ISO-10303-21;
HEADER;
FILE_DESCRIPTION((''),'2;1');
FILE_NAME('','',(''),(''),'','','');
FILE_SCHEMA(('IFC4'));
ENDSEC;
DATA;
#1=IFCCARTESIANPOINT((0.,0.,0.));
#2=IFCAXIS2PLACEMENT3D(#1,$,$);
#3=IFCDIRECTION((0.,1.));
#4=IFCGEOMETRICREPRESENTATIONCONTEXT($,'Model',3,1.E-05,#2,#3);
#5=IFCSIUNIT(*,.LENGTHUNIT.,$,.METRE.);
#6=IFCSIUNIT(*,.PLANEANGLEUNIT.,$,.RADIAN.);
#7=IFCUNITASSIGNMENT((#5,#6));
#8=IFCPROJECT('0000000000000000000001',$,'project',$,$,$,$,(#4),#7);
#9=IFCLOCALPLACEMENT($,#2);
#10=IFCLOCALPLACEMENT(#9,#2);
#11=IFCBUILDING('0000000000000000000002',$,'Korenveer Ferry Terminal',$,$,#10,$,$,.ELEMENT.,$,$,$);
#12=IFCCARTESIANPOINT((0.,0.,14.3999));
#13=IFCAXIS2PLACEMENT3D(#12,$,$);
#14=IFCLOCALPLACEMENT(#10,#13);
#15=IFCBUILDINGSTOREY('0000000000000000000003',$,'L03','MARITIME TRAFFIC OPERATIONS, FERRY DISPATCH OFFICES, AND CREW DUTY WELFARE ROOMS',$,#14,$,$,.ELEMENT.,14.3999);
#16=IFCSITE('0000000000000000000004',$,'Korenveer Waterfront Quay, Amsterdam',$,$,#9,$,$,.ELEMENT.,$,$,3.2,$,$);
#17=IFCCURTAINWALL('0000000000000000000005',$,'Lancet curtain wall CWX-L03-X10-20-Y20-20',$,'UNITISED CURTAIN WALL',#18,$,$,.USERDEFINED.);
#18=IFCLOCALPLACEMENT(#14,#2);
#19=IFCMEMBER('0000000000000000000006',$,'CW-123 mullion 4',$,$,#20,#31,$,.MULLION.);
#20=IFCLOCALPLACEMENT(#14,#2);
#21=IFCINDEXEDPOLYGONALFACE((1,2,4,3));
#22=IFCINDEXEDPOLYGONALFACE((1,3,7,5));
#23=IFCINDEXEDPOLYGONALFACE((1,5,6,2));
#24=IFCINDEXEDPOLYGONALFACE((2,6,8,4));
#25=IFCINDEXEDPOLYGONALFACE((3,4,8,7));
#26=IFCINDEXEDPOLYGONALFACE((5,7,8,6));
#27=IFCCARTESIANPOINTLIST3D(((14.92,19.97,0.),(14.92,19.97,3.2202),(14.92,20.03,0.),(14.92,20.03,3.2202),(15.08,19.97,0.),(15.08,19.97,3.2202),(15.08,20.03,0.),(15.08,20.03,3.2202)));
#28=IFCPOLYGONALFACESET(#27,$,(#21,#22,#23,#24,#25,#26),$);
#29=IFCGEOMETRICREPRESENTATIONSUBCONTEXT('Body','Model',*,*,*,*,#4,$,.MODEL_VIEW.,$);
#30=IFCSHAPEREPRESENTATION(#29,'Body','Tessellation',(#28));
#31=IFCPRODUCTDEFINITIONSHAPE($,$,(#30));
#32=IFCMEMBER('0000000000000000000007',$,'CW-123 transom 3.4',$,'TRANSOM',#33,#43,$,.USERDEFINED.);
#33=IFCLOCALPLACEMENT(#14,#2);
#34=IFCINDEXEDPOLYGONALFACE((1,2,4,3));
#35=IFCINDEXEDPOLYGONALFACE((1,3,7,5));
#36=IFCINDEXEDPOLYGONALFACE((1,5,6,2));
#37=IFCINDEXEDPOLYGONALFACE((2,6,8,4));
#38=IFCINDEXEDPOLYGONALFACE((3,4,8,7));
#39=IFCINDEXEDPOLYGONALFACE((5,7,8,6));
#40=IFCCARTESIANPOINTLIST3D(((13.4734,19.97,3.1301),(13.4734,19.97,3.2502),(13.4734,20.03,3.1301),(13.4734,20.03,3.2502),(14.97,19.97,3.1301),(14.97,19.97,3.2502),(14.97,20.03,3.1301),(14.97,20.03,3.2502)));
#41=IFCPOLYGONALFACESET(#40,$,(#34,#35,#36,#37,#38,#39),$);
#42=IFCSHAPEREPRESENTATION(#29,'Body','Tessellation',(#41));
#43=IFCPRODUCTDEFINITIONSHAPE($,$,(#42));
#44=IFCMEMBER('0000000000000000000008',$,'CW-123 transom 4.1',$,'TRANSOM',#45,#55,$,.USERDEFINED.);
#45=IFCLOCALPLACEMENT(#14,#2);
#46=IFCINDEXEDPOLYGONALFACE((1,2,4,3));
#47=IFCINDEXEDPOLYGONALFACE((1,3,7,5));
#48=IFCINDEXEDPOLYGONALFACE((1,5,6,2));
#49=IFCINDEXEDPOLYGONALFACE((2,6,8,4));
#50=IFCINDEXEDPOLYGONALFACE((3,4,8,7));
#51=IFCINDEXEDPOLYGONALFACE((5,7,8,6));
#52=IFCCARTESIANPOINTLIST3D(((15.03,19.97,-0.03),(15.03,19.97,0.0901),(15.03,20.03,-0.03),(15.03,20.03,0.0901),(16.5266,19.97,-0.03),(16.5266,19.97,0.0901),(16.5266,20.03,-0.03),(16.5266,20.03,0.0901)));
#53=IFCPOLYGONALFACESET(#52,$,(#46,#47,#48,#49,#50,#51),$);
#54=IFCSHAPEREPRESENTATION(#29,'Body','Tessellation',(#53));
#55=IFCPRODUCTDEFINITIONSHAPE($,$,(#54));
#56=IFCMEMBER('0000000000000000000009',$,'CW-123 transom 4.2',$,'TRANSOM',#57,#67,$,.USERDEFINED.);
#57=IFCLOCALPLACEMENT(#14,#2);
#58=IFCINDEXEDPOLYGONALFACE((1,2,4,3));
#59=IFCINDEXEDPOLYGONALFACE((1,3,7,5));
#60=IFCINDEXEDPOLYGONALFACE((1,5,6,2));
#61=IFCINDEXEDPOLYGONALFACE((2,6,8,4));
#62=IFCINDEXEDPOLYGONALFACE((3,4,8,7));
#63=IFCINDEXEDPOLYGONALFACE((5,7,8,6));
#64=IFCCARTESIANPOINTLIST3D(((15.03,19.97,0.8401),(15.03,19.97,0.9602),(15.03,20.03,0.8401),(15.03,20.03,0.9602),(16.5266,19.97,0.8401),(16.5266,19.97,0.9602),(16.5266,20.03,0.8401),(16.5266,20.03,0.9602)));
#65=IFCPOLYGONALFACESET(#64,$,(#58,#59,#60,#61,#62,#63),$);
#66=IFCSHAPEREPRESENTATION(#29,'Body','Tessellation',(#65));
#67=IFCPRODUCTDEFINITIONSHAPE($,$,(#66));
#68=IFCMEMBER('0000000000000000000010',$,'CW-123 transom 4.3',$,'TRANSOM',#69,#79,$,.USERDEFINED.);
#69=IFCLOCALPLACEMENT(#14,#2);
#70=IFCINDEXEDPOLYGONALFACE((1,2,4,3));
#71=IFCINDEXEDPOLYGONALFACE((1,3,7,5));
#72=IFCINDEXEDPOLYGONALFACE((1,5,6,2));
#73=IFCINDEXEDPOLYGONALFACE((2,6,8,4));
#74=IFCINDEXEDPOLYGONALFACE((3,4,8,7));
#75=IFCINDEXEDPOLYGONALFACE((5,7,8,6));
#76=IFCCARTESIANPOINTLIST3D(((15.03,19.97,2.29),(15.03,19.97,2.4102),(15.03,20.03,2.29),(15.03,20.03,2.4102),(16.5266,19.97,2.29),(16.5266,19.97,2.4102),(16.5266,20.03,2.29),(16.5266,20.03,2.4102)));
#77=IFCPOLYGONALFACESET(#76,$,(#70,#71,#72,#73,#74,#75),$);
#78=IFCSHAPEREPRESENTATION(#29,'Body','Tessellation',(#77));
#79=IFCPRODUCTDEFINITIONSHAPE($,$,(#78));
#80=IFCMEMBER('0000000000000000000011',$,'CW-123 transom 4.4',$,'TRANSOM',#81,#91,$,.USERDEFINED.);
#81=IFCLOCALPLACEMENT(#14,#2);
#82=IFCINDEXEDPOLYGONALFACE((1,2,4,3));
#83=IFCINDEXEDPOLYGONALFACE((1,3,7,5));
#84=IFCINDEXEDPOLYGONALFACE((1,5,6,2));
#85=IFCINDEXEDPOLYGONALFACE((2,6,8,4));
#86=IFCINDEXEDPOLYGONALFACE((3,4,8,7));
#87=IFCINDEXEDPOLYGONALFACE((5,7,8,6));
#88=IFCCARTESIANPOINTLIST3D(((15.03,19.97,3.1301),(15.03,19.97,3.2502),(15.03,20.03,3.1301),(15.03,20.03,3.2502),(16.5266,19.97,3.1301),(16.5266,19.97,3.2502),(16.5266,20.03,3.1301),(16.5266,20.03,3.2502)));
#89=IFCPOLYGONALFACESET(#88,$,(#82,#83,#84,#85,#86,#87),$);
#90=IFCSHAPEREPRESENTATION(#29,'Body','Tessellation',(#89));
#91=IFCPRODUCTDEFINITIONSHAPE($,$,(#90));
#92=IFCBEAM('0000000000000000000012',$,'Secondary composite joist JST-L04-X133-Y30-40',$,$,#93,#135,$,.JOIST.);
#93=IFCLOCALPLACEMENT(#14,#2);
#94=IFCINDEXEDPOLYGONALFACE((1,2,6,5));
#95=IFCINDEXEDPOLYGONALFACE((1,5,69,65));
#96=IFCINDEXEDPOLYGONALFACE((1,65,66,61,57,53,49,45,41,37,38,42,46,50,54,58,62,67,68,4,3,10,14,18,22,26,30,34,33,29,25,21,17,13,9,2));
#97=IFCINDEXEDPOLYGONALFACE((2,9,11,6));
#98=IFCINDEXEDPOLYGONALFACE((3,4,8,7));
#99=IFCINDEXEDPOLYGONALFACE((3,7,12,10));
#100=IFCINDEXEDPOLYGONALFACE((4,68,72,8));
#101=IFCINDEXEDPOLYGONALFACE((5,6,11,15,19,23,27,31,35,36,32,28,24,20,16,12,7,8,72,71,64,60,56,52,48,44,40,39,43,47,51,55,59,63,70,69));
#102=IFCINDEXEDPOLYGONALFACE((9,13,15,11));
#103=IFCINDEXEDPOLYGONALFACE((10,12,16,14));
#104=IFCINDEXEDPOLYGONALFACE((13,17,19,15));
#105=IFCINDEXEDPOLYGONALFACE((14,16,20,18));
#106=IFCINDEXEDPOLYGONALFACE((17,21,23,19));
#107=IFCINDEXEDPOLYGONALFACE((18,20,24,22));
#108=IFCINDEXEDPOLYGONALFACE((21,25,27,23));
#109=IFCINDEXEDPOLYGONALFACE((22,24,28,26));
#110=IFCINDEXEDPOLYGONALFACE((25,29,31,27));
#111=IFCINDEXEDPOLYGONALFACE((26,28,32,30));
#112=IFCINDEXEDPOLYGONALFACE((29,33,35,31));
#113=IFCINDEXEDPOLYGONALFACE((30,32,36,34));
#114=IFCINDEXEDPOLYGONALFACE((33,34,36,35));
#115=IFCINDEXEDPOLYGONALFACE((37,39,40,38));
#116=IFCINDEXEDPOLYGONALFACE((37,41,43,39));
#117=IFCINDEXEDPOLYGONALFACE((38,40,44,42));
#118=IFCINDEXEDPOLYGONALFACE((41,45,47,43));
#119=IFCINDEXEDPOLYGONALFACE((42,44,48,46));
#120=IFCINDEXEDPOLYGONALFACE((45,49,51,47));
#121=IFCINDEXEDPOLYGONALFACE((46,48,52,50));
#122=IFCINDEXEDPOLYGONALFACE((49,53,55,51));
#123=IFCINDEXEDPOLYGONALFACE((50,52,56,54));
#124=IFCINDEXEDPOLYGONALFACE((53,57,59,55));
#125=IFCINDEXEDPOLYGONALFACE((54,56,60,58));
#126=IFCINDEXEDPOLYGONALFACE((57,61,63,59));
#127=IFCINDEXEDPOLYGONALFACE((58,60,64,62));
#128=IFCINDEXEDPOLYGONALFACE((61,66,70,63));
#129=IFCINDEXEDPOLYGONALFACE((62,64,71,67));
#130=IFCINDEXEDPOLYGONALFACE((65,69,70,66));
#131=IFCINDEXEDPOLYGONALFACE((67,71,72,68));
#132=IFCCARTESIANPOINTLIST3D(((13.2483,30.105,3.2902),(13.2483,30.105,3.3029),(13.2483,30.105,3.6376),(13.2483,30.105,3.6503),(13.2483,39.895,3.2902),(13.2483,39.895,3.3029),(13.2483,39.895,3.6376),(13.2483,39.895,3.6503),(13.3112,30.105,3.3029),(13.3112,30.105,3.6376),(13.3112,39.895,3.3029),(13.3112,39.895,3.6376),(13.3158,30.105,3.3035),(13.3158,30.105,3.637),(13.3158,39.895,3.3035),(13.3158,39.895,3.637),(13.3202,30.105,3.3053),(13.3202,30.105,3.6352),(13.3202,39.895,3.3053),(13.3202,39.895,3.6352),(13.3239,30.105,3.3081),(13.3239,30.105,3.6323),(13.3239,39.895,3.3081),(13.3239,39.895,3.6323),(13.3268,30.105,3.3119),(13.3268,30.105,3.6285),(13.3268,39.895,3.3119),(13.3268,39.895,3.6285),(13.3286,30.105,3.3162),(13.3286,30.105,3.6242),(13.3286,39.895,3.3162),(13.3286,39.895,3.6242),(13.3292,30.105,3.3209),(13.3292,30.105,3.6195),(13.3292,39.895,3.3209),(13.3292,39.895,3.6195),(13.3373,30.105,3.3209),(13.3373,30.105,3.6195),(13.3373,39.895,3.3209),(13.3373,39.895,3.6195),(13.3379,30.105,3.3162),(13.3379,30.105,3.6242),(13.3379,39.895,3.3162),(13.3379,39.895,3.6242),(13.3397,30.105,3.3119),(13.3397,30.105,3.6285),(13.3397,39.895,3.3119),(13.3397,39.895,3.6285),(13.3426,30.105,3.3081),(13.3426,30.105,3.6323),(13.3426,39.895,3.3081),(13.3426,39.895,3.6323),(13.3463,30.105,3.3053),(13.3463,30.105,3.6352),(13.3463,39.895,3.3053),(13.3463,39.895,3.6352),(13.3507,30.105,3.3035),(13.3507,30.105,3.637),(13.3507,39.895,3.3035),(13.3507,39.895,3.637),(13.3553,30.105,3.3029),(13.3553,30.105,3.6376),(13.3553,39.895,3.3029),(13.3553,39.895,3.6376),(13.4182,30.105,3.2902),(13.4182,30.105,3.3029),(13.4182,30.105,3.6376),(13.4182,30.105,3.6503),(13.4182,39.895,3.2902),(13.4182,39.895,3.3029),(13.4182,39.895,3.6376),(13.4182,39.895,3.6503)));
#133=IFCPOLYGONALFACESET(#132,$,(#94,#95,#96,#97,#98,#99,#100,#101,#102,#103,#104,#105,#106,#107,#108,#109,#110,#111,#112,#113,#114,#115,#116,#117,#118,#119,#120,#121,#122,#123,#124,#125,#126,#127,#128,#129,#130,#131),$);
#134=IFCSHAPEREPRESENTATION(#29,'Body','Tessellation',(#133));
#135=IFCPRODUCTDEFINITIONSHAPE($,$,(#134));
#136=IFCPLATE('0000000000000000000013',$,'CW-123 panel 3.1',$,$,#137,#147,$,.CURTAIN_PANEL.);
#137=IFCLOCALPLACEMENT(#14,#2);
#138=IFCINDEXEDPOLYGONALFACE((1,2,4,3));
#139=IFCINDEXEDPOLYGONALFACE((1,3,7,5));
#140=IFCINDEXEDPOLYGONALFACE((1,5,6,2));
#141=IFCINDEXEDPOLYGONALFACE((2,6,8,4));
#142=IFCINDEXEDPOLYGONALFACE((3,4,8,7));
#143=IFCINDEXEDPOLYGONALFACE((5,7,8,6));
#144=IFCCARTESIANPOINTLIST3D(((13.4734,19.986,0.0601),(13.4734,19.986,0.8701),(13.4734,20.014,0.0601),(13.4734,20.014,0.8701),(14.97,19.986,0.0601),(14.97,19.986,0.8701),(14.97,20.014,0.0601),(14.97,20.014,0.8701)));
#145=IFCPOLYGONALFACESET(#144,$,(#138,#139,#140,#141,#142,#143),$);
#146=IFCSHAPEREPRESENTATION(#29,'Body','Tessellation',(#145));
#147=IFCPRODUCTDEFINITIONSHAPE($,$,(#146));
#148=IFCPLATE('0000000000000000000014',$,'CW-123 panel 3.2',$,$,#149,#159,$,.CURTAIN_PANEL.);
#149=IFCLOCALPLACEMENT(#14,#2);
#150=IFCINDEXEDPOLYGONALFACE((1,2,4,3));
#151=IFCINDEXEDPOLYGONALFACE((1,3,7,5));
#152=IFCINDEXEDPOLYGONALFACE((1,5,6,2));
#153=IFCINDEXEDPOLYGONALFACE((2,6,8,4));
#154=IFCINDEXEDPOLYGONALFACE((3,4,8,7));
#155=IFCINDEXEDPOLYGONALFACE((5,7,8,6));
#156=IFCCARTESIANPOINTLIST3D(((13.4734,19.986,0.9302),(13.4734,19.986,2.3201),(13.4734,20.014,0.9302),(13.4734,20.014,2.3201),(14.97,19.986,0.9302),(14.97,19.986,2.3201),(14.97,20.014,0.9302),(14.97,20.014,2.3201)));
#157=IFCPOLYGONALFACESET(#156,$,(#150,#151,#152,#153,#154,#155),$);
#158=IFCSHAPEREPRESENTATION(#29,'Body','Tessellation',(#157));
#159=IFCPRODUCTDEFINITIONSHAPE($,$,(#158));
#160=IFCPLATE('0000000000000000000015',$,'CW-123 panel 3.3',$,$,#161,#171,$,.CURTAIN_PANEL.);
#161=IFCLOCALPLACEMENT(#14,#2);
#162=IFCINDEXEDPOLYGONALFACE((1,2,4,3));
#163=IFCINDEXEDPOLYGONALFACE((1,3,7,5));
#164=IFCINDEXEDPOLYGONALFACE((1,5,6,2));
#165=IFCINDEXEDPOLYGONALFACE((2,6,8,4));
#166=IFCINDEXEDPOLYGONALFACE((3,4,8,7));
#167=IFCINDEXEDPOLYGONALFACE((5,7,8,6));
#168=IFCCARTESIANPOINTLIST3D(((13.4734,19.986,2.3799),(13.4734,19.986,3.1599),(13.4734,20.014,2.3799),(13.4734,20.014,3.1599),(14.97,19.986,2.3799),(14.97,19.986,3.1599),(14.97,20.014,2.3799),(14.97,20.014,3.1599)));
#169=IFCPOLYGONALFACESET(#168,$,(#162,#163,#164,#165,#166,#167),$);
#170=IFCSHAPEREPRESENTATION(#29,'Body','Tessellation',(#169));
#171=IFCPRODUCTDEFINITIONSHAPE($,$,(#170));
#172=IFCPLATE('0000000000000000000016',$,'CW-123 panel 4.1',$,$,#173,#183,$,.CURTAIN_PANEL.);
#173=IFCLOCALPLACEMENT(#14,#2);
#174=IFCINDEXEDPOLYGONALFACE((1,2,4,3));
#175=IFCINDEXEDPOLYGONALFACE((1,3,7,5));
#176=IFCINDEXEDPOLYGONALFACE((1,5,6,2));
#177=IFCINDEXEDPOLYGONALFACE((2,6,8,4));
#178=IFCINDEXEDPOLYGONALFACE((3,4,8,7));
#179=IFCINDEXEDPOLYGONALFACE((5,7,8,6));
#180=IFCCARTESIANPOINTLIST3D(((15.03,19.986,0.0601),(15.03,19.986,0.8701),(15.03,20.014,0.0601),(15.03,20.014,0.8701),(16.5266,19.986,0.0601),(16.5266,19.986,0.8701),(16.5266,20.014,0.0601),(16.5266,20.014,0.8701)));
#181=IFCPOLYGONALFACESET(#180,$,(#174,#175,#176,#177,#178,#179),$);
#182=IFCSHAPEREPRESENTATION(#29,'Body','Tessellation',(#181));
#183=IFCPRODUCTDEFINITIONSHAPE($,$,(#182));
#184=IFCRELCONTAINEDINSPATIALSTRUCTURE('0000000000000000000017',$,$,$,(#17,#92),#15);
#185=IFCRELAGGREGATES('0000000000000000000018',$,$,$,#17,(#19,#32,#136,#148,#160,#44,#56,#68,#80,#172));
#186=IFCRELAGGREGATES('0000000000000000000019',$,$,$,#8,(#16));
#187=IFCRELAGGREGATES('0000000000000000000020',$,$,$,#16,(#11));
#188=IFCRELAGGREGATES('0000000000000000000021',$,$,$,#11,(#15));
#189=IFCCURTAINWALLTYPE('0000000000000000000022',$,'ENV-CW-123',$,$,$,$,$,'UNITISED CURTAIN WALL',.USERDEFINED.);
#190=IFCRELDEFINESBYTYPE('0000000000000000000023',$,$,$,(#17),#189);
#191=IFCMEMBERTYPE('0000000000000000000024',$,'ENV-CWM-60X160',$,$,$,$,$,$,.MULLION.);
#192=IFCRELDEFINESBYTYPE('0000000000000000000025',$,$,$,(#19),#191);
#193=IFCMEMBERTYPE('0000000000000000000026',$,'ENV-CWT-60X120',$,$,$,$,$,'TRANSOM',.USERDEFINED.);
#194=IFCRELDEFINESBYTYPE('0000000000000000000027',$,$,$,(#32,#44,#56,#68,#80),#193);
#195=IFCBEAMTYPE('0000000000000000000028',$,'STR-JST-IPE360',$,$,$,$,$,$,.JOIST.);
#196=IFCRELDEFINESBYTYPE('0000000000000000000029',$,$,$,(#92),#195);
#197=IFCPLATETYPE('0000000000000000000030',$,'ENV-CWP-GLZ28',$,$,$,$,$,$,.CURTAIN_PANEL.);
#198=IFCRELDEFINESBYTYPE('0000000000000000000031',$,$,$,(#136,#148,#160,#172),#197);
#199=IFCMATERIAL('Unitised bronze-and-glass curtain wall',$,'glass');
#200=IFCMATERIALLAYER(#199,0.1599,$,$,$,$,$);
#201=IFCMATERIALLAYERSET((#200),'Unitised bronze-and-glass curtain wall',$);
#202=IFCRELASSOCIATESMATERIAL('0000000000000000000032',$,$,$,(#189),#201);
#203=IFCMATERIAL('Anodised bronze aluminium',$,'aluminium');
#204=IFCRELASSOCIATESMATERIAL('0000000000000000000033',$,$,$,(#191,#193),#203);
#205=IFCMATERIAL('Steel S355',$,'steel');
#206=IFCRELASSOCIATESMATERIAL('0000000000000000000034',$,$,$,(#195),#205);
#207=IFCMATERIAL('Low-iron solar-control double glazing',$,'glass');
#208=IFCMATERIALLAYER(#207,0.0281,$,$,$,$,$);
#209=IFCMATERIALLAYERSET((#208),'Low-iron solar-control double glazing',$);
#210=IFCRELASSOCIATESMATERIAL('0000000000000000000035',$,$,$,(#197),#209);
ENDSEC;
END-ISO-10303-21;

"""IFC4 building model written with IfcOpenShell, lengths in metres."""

from ifc_helpers import new_model, si_unit, direction, frame, origin, origin_2d, place, context, subcontext, project, spatial, rectangle, i_section, extrude, material, layer, layer_set, material_profile, profile_set, type_object, element, aggregate, save


model = new_model("IFC4")

# Units and contexts
model_context = context("Model", 3, precision=1e-05, world=origin(), true_north=direction((0.0, 1.0)))
body_context = subcontext(model_context, "Body", "Model", "MODEL_VIEW")
ifc_project = project(units=[si_unit("LENGTHUNIT", "METRE"), si_unit("PLANEANGLEUNIT", "RADIAN")], contexts=[model_context])

# Site, building, storey
site_placement = place(None, origin())
site = spatial("IfcSite", under=ifc_project, at=site_placement, Name="Korenveer Waterfront Quay, Amsterdam", CompositionType="ELEMENT", RefElevation=3.2)
building_placement = place(site_placement, origin())
building = spatial("IfcBuilding", under=site, at=building_placement, Name="Korenveer Ferry Terminal", CompositionType="ELEMENT")
storey_placement = place(building_placement, frame((0.0, 0.0, 14.3999)))
storey = spatial("IfcBuildingStorey", under=building, at=storey_placement, Name="L03", Description="MARITIME TRAFFIC OPERATIONS, FERRY DISPATCH OFFICES, AND CREW DUTY WELFARE ROOMS", CompositionType="ELEMENT", Elevation=14.3999)

# Curtain wall, members
ifc_material_1 = material(Name="Unitised bronze-and-glass curtain wall", Category="glass")
ifc_layer_1 = layer(ifc_material_1, 0.1599)
ifc_layer_set_1 = layer_set([ifc_layer_1], Name="Unitised bronze-and-glass curtain wall")
curtain_wall_type = type_object("IfcCurtainWallType", Name="ENV-CW-123", ElementType="UNITISED CURTAIN WALL", PredefinedType="USERDEFINED", material=ifc_layer_set_1)
curtain_wall_placement = place(storey_placement, frame((10.3301, 20.0, 0.0)))
curtain_wall = element("IfcCurtainWall", 1, at=curtain_wall_placement, inside=storey, type_object=curtain_wall_type, Name="Lancet curtain wall CWX-L03-X10-20-Y20-20", ObjectType="UNITISED CURTAIN WALL", PredefinedType="USERDEFINED")
ifc_material_2 = material(Name="Anodised bronze aluminium", Category="aluminium")
ifc_material_profile_1 = material_profile(ifc_material_2, rectangle(XDim=0.0601, YDim=0.1599, at=origin_2d()), Name="ALU 60x160")
ifc_profile_set_1 = profile_set([ifc_material_profile_1], Name="Anodised bronze aluminium")
member_type_1 = type_object("IfcMemberType", Name="ENV-CWM-60X160", PredefinedType="MULLION", material=ifc_profile_set_1)
member_1_placement = place(storey_placement, frame((15.0, 20.0, 0.0), z_axis=(0.0, 0.0, 1.0), x_axis=(0.0, 1.0, 0.0)))
member_1 = element("IfcMember", 2, at=member_1_placement, type_object=member_type_1, Name="CW-123 mullion 4", PredefinedType="MULLION", context=body_context, shape_type="SweptSolid", body=[
    extrude(rectangle(XDim=0.0601, YDim=0.1599, at=origin_2d()), origin(), (0.0, 0.0, 1.0), 3.2202),
])
ifc_material_profile_2 = material_profile(ifc_material_2, rectangle(XDim=0.0601, YDim=0.1201, at=origin_2d()), Name="ALU 60x120")
ifc_profile_set_2 = profile_set([ifc_material_profile_2], Name="Anodised bronze aluminium")
member_type_2 = type_object("IfcMemberType", Name="ENV-CWT-60X120", ElementType="TRANSOM", PredefinedType="USERDEFINED", material=ifc_profile_set_2)
member_2_placement = place(storey_placement, frame((13.4734, 20.0, 3.1902), z_axis=(1.0, 0.0, 0.0), x_axis=(0.0, 1.0, 0.0)))
member_2 = element("IfcMember", 3, at=member_2_placement, type_object=member_type_2, Name="CW-123 transom 3.4", ObjectType="TRANSOM", PredefinedType="USERDEFINED", context=body_context, shape_type="SweptSolid", body=[
    extrude(rectangle(XDim=0.0601, YDim=0.1201, at=origin_2d()), origin(), (0.0, 0.0, 1.0), 1.4966),
])
member_3_placement = place(storey_placement, frame((15.03, 20.0, 0.03), z_axis=(1.0, 0.0, 0.0), x_axis=(0.0, 1.0, 0.0)))
member_3 = element("IfcMember", 4, at=member_3_placement, type_object=member_type_2, Name="CW-123 transom 4.1", ObjectType="TRANSOM", PredefinedType="USERDEFINED", context=body_context, shape_type="SweptSolid", body=[
    extrude(rectangle(XDim=0.0601, YDim=0.1201, at=origin_2d()), origin(), (0.0, 0.0, 1.0), 1.4966),
])
member_4_placement = place(storey_placement, frame((15.03, 20.0, 0.9001), z_axis=(1.0, 0.0, 0.0), x_axis=(0.0, 1.0, 0.0)))
member_4 = element("IfcMember", 5, at=member_4_placement, type_object=member_type_2, Name="CW-123 transom 4.2", ObjectType="TRANSOM", PredefinedType="USERDEFINED", context=body_context, shape_type="SweptSolid", body=[
    extrude(rectangle(XDim=0.0601, YDim=0.1201, at=origin_2d()), origin(), (0.0, 0.0, 1.0), 1.4966),
])
member_5_placement = place(storey_placement, frame((15.03, 20.0, 2.3501), z_axis=(1.0, 0.0, 0.0), x_axis=(0.0, 1.0, 0.0)))
member_5 = element("IfcMember", 6, at=member_5_placement, type_object=member_type_2, Name="CW-123 transom 4.3", ObjectType="TRANSOM", PredefinedType="USERDEFINED", context=body_context, shape_type="SweptSolid", body=[
    extrude(rectangle(XDim=0.0601, YDim=0.1201, at=origin_2d()), origin(), (0.0, 0.0, 1.0), 1.4966),
])
member_6_placement = place(storey_placement, frame((15.03, 20.0, 3.1902), z_axis=(1.0, 0.0, 0.0), x_axis=(0.0, 1.0, 0.0)))
member_6 = element("IfcMember", 7, at=member_6_placement, type_object=member_type_2, Name="CW-123 transom 4.4", ObjectType="TRANSOM", PredefinedType="USERDEFINED", context=body_context, shape_type="SweptSolid", body=[
    extrude(rectangle(XDim=0.0601, YDim=0.1201, at=origin_2d()), origin(), (0.0, 0.0, 1.0), 1.4966),
])

# Beam
ifc_material_3 = material(Name="Steel S355", Category="steel")
ifc_material_profile_3 = material_profile(ifc_material_3, i_section(OverallWidth=0.1699, OverallDepth=0.3601, WebThickness=0.0081, FlangeThickness=0.0127, FilletRadius=0.0181, at=origin_2d()), Name="IPE 360")
ifc_profile_set_3 = profile_set([ifc_material_profile_3], Name="Steel S355")
beam_type = type_object("IfcBeamType", Name="STR-JST-IPE360", PredefinedType="JOIST", material=ifc_profile_set_3)
beam_placement = place(storey_placement, frame((13.3333, 30.105, 3.4702), z_axis=(0.0, 1.0, 0.0), x_axis=(-1.0, 0.0, 0.0)))
element("IfcBeam", 8, at=beam_placement, inside=storey, type_object=beam_type, Name="Secondary composite joist JST-L04-X133-Y30-40", PredefinedType="JOIST", context=body_context, shape_type="SweptSolid", body=[
    extrude(i_section(OverallWidth=0.1699, OverallDepth=0.3601, WebThickness=0.0081, FlangeThickness=0.0127, FilletRadius=0.0181, at=origin_2d()), origin(), (0.0, 0.0, 1.0), 9.79),
])

# Plates
ifc_material_4 = material(Name="Low-iron solar-control double glazing", Category="glass")
ifc_layer_2 = layer(ifc_material_4, 0.0281)
ifc_layer_set_2 = layer_set([ifc_layer_2], Name="Low-iron solar-control double glazing")
plate_type = type_object("IfcPlateType", Name="ENV-CWP-GLZ28", PredefinedType="CURTAIN_PANEL", material=ifc_layer_set_2)
plate_1_placement = place(storey_placement, frame((14.2217, 20.0, 0.0601), z_axis=(0.0, 0.0, 1.0), x_axis=(1.0, 0.0, 0.0)))
plate_1 = element("IfcPlate", 9, at=plate_1_placement, type_object=plate_type, Name="CW-123 panel 3.1", PredefinedType="CURTAIN_PANEL", context=body_context, shape_type="SweptSolid", body=[
    extrude(rectangle(XDim=1.4966, YDim=0.0281, at=origin_2d()), origin(), (0.0, 0.0, 1.0), 0.8101),
])
plate_2_placement = place(storey_placement, frame((14.2217, 20.0, 0.9302), z_axis=(0.0, 0.0, 1.0), x_axis=(1.0, 0.0, 0.0)))
plate_2 = element("IfcPlate", 10, at=plate_2_placement, type_object=plate_type, Name="CW-123 panel 3.2", PredefinedType="CURTAIN_PANEL", context=body_context, shape_type="SweptSolid", body=[
    extrude(rectangle(XDim=1.4966, YDim=0.0281, at=origin_2d()), origin(), (0.0, 0.0, 1.0), 1.3899),
])
plate_3_placement = place(storey_placement, frame((14.2217, 20.0, 2.3799), z_axis=(0.0, 0.0, 1.0), x_axis=(1.0, 0.0, 0.0)))
plate_3 = element("IfcPlate", 11, at=plate_3_placement, type_object=plate_type, Name="CW-123 panel 3.3", PredefinedType="CURTAIN_PANEL", context=body_context, shape_type="SweptSolid", body=[
    extrude(rectangle(XDim=1.4966, YDim=0.0281, at=origin_2d()), origin(), (0.0, 0.0, 1.0), 0.78),
])
plate_4_placement = place(storey_placement, frame((15.7783, 20.0, 0.0601), z_axis=(0.0, 0.0, 1.0), x_axis=(1.0, 0.0, 0.0)))
plate_4 = element("IfcPlate", 12, at=plate_4_placement, type_object=plate_type, Name="CW-123 panel 4.1", PredefinedType="CURTAIN_PANEL", context=body_context, shape_type="SweptSolid", body=[
    extrude(rectangle(XDim=1.4966, YDim=0.0281, at=origin_2d()), origin(), (0.0, 0.0, 1.0), 0.8101),
])
aggregate(curtain_wall, [member_1, member_2, plate_1, plate_2, plate_3, member_3, member_4, member_5, member_6, plate_4])

save(model, "model.ifc")
